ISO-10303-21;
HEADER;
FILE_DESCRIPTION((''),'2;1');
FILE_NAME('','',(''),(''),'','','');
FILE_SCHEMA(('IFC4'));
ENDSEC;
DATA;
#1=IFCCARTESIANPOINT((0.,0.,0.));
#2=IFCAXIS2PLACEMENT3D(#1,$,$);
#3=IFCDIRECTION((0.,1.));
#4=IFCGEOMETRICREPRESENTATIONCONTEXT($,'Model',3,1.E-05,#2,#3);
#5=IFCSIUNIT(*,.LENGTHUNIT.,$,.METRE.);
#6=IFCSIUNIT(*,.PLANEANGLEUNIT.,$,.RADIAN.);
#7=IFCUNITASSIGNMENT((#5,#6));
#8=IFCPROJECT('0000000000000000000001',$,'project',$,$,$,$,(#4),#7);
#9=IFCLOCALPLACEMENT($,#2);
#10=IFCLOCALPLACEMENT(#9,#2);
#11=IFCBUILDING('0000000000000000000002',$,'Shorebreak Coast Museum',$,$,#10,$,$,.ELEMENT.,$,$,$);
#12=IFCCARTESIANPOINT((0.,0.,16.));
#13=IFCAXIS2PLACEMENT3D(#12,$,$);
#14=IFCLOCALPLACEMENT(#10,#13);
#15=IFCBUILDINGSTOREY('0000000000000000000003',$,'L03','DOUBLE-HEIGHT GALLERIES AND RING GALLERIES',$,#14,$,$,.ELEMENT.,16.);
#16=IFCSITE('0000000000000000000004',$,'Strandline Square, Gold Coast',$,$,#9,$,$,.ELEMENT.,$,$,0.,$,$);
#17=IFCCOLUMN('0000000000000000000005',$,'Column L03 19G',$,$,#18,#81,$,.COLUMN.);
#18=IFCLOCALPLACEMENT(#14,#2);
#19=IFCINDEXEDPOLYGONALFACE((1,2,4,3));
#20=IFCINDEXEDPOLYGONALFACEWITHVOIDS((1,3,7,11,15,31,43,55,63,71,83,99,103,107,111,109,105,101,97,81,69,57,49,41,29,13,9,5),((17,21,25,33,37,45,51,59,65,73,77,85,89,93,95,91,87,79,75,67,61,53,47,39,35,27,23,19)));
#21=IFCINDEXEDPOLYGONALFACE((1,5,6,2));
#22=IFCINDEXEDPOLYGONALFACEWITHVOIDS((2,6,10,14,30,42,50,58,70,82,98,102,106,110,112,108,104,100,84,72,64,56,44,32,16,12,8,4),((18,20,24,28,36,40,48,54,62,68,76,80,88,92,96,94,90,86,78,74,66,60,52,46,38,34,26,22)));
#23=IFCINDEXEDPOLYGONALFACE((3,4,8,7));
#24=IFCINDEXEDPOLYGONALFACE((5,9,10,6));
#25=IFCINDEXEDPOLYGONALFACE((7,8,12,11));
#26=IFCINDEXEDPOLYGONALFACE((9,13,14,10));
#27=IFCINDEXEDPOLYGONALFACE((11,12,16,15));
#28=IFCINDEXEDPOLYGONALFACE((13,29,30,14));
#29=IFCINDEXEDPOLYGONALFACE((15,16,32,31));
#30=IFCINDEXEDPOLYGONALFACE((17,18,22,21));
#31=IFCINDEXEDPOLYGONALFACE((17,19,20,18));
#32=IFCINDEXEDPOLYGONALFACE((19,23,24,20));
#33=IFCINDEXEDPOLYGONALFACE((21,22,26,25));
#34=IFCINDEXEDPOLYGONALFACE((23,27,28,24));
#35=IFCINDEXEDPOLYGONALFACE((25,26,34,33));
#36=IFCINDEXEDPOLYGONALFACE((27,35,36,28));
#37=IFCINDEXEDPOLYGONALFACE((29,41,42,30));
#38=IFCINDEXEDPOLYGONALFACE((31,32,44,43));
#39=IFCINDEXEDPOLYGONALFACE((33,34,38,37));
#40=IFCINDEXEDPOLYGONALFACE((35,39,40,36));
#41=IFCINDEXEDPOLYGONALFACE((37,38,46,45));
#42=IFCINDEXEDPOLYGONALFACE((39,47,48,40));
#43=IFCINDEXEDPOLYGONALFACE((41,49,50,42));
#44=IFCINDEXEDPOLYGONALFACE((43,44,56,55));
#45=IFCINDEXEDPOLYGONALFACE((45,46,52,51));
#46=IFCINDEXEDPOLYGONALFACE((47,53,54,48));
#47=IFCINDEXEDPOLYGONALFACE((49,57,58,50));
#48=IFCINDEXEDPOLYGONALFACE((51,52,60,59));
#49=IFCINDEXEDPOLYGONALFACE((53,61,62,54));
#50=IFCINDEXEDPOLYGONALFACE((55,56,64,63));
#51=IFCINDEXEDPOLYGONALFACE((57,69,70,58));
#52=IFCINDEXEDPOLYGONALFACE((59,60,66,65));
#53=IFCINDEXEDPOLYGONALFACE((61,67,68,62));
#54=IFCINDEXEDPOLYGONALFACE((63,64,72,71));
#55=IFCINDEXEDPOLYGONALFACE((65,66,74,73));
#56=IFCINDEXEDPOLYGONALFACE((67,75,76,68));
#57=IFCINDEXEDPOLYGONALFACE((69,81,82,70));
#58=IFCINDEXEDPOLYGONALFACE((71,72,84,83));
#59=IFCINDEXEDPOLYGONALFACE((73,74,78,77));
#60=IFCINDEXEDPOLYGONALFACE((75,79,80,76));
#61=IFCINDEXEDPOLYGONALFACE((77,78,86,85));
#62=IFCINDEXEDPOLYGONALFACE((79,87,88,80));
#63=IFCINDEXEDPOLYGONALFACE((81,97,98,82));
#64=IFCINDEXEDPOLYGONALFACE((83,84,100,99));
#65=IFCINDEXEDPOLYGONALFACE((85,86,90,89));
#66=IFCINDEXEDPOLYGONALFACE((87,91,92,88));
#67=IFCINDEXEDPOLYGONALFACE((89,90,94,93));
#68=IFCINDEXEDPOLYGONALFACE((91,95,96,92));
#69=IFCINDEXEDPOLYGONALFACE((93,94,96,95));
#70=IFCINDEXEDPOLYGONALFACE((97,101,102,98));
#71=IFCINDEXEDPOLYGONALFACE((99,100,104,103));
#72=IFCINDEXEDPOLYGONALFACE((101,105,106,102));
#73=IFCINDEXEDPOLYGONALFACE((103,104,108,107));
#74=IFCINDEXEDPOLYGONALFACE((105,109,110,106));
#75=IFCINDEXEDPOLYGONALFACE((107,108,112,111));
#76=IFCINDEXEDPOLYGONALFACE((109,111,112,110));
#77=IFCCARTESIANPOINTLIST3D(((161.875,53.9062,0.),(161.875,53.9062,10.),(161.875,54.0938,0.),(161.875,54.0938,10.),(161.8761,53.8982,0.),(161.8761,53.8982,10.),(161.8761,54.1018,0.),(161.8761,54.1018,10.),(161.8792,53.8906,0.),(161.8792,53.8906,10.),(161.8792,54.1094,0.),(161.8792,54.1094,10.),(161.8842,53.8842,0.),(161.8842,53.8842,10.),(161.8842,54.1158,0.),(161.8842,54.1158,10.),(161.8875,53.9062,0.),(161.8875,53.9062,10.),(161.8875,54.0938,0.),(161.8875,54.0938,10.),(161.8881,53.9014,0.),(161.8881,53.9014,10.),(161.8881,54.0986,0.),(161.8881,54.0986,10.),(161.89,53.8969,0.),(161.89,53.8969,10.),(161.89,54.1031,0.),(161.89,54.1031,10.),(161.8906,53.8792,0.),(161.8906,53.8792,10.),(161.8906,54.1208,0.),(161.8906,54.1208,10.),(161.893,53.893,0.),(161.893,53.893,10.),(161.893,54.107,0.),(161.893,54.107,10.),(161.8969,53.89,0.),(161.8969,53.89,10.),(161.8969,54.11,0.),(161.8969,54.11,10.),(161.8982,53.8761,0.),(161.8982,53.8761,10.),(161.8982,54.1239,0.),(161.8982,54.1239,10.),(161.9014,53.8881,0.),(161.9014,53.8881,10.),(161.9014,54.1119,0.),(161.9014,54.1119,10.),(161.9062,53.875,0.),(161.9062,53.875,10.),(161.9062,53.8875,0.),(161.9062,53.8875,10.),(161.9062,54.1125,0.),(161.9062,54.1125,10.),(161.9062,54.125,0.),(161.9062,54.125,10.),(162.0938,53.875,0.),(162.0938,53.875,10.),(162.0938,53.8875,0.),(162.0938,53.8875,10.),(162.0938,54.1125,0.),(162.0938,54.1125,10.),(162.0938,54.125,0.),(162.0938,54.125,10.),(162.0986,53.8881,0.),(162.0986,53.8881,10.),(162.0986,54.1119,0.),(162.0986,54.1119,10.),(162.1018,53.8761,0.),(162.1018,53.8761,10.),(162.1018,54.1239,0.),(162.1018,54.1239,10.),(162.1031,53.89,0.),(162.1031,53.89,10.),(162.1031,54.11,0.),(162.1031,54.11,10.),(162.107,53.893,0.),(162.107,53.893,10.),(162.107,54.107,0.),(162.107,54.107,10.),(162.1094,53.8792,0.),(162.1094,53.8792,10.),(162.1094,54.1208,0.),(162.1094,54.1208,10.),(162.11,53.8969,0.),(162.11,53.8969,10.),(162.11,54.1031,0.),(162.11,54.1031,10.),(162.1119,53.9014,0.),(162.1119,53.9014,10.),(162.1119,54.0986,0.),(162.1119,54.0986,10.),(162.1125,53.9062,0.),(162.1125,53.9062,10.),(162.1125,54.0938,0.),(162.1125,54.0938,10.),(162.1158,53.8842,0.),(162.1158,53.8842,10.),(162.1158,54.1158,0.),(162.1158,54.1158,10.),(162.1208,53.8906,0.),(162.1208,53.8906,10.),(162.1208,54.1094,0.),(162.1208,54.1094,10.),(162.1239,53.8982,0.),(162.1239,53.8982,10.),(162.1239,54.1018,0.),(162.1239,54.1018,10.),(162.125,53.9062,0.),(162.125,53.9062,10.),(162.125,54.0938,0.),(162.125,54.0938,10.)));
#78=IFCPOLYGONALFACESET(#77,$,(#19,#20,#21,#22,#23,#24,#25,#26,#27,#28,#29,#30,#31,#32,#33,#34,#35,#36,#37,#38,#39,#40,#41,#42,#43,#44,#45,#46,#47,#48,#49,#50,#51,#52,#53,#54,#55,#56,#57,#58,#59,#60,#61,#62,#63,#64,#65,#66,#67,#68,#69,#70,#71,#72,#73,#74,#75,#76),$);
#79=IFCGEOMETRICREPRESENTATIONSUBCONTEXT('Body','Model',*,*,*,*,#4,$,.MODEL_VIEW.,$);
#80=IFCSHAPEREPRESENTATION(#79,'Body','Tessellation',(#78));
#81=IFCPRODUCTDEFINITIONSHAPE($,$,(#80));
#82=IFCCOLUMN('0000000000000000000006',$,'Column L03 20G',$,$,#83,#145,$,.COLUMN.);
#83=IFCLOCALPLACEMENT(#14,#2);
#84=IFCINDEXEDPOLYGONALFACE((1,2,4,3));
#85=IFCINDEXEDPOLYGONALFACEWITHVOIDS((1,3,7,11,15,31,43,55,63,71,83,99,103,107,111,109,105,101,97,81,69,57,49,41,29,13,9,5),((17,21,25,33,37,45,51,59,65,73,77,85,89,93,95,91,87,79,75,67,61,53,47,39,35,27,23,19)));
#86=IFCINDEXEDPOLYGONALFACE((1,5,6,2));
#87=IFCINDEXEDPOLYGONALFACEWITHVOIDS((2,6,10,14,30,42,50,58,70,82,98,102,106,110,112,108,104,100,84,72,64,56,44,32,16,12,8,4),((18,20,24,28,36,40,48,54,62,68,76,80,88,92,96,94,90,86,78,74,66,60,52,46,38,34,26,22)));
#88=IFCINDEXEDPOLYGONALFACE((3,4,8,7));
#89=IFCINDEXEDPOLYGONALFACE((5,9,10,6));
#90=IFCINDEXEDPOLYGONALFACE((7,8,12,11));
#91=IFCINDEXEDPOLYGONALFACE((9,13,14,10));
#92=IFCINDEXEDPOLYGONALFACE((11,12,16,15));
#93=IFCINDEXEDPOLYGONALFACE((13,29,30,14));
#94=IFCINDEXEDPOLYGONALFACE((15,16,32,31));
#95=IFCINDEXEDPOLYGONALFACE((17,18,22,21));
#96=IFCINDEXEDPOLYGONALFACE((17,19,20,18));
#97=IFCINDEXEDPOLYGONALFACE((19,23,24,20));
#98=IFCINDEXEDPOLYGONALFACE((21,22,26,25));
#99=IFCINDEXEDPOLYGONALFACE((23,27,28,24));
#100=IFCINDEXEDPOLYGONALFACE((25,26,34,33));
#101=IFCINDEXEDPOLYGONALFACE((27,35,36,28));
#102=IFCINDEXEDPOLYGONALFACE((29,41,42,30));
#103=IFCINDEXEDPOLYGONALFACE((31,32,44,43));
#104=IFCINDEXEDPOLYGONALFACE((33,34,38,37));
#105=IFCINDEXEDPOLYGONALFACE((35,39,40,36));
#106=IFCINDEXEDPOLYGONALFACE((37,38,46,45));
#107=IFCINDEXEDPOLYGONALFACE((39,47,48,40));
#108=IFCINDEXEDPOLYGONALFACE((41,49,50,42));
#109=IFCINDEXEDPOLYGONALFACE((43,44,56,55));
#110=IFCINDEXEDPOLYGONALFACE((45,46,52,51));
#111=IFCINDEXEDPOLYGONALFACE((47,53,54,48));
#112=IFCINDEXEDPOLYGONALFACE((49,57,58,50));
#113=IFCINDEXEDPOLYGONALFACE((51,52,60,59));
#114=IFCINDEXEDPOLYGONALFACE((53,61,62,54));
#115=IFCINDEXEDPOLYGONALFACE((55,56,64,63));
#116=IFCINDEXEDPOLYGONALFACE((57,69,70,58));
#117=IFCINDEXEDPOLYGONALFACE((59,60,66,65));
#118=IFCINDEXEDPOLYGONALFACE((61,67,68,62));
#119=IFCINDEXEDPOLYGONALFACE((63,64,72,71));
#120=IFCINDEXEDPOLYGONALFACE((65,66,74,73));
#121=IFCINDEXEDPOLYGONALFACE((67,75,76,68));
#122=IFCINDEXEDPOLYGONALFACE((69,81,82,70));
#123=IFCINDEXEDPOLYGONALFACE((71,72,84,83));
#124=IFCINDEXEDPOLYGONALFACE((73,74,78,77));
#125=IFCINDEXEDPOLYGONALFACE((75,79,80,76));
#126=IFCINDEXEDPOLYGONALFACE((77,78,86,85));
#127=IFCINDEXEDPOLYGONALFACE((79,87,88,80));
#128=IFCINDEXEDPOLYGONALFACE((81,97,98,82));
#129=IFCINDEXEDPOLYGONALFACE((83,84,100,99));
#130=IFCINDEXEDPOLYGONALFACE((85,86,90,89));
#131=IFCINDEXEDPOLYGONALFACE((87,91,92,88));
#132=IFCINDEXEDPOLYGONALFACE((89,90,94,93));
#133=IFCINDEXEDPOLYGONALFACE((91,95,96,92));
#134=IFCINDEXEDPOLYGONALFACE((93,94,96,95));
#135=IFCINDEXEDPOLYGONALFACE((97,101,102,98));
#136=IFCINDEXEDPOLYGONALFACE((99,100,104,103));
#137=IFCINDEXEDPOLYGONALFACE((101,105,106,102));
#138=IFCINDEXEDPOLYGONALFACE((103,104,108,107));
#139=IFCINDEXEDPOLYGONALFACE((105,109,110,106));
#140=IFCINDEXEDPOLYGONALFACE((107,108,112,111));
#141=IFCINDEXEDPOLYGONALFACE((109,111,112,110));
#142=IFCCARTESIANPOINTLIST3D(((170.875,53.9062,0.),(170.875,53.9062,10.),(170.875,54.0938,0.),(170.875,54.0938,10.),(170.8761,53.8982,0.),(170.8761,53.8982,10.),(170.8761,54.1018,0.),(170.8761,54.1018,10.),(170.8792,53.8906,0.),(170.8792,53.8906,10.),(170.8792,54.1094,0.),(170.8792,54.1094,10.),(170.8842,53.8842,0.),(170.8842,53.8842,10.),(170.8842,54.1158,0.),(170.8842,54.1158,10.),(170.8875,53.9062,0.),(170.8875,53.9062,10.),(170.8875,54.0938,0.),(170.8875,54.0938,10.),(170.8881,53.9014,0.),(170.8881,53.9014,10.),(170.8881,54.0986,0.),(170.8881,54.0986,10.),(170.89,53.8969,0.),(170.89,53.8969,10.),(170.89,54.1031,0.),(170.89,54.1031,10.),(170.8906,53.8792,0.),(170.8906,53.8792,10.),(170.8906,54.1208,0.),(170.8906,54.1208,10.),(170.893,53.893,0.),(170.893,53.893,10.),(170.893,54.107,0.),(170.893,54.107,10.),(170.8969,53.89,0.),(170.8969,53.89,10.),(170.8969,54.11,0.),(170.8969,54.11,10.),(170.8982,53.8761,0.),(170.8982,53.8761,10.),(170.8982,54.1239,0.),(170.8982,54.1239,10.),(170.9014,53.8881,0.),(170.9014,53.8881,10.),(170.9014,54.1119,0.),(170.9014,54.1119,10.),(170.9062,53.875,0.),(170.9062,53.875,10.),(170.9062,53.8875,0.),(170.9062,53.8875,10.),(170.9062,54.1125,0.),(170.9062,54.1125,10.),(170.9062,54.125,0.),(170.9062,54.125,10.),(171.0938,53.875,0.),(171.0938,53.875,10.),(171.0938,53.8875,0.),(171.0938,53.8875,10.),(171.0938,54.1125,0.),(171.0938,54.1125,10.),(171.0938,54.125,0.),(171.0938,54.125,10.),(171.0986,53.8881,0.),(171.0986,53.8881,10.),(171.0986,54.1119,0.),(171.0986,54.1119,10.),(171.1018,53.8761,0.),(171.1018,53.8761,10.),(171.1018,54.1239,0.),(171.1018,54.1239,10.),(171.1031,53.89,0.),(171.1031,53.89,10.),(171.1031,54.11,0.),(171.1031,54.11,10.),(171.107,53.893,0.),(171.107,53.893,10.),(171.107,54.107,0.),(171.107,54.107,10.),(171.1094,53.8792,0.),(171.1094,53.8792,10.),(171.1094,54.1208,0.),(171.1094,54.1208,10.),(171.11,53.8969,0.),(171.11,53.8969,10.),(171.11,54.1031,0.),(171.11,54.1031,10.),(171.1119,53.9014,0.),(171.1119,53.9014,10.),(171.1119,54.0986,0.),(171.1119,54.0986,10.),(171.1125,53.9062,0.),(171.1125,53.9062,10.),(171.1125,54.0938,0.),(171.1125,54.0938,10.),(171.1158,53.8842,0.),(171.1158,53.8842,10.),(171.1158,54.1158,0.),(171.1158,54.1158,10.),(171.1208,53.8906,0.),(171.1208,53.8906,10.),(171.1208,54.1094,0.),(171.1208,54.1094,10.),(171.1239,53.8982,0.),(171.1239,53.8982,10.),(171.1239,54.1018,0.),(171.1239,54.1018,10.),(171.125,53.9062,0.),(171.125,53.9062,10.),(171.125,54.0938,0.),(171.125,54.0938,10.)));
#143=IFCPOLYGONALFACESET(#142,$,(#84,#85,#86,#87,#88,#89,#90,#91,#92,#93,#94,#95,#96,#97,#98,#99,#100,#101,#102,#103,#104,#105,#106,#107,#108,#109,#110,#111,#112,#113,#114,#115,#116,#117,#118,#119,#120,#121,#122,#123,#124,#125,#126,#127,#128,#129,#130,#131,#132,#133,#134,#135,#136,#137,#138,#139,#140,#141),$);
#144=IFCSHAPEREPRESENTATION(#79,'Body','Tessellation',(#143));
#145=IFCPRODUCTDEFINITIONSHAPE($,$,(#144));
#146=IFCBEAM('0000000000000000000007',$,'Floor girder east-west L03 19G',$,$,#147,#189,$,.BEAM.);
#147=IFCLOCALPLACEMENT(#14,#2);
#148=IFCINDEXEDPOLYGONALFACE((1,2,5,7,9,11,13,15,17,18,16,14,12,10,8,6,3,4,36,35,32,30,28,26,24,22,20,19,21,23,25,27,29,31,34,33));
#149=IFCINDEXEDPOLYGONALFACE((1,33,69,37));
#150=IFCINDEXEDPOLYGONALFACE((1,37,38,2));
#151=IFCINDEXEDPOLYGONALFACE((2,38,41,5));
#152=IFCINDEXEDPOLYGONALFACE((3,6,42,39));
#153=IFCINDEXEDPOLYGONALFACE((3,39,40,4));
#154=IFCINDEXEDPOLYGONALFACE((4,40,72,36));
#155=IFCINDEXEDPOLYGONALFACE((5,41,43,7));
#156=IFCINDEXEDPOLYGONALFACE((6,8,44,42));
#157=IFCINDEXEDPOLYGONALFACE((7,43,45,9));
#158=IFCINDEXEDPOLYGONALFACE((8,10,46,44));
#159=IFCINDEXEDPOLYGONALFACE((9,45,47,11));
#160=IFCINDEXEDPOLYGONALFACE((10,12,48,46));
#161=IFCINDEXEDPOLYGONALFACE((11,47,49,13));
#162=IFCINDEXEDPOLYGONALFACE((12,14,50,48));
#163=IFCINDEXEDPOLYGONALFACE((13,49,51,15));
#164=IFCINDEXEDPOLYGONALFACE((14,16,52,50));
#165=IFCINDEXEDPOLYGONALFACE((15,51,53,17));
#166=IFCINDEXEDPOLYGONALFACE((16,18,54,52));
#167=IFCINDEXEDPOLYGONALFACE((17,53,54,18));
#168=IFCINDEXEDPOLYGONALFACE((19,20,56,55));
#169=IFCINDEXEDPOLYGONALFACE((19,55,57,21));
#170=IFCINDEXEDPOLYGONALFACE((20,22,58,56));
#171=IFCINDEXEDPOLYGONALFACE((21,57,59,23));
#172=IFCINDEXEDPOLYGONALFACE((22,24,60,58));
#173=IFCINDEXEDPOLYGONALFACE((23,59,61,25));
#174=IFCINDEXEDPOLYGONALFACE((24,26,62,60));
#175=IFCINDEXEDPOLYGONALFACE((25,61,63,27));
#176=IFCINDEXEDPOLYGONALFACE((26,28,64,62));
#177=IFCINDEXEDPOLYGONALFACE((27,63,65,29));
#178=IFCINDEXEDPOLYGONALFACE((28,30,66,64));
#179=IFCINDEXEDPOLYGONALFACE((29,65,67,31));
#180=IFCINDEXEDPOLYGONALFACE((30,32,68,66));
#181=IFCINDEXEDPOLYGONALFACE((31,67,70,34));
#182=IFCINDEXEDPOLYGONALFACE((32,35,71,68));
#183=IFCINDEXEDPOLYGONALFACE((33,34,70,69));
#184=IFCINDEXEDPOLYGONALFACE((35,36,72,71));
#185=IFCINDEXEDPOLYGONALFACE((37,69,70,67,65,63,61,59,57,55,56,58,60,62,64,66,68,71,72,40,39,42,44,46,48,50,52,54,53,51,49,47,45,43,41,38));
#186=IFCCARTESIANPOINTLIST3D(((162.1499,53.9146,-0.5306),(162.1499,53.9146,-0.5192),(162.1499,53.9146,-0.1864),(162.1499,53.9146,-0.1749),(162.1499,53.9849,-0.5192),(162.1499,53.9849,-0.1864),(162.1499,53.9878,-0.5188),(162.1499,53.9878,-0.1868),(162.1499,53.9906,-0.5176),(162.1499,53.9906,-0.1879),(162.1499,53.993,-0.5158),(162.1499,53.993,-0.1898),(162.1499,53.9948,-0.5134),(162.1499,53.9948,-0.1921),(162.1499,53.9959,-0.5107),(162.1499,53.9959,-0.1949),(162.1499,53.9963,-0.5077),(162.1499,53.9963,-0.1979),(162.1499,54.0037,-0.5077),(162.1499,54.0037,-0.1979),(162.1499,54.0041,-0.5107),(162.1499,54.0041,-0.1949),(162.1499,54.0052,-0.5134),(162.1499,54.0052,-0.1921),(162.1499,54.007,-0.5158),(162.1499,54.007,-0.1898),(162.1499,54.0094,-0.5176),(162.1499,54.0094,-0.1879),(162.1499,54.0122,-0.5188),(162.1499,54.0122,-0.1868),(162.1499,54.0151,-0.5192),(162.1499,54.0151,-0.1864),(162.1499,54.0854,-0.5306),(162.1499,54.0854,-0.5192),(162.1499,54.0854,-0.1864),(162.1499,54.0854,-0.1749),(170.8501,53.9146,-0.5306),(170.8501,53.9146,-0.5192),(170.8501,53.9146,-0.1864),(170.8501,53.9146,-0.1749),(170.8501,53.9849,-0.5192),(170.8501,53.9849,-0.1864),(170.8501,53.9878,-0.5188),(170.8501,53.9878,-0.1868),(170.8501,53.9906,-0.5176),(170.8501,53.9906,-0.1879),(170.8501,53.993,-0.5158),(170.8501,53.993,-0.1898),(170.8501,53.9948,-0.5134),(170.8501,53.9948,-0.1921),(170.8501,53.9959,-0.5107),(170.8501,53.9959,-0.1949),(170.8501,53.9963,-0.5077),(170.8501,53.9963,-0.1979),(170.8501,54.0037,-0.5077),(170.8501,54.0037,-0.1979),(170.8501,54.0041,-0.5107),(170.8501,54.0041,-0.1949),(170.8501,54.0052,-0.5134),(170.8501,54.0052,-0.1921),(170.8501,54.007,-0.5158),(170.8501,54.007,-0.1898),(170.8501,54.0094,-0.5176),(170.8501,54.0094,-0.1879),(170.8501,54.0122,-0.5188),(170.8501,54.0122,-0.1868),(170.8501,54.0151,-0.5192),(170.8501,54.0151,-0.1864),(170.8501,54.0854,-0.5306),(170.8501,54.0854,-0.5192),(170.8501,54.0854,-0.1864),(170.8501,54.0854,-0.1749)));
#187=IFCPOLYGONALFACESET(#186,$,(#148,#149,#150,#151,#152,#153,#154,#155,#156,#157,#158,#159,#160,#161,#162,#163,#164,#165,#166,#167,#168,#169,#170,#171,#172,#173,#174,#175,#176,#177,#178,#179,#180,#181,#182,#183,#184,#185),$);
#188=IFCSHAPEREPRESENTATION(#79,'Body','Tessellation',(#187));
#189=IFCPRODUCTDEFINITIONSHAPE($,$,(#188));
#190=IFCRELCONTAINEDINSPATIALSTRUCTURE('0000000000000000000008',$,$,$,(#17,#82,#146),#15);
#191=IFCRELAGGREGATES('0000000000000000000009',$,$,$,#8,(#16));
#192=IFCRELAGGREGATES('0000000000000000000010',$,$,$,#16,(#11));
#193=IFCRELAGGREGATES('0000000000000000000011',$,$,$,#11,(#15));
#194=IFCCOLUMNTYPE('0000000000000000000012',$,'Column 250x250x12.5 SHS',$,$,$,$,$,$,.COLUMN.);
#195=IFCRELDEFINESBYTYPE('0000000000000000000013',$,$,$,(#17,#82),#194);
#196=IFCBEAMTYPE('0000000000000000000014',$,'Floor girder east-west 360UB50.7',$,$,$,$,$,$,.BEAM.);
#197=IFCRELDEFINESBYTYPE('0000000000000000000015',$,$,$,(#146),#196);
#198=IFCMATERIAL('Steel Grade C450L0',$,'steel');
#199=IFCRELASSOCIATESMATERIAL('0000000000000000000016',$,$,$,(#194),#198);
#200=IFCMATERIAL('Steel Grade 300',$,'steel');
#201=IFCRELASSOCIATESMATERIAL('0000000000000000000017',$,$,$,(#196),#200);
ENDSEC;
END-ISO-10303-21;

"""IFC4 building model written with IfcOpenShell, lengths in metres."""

from ifc_helpers import new_model, si_unit, direction, frame, origin, origin_2d, place, context, subcontext, project, spatial, hollow_rectangle, i_section, extrude, material, material_profile, profile_set, type_object, element, save


model = new_model("IFC4")

# Units and contexts
model_context = context("Model", 3, precision=1e-05, world=origin(), true_north=direction((0.0, 1.0)))
body_context = subcontext(model_context, "Body", "Model", "MODEL_VIEW")
ifc_project = project(units=[si_unit("LENGTHUNIT", "METRE"), si_unit("PLANEANGLEUNIT", "RADIAN")], contexts=[model_context])

# Site, building, storey
site_placement = place(None, origin())
site = spatial("IfcSite", under=ifc_project, at=site_placement, Name="Strandline Square, Gold Coast", CompositionType="ELEMENT", RefElevation=0.0)
building_placement = place(site_placement, origin())
building = spatial("IfcBuilding", under=site, at=building_placement, Name="Shorebreak Coast Museum", CompositionType="ELEMENT")
storey_placement = place(building_placement, frame((0.0, 0.0, 16.0)))
storey = spatial("IfcBuildingStorey", under=building, at=storey_placement, Name="L03", Description="DOUBLE-HEIGHT GALLERIES AND RING GALLERIES", CompositionType="ELEMENT", Elevation=16.0)

# Columns
ifc_material_1 = material(Name="Steel Grade C450L0", Category="steel")
ifc_material_profile_1 = material_profile(ifc_material_1, hollow_rectangle(XDim=0.25, YDim=0.25, WallThickness=0.0125, InnerFilletRadius=0.0188, OuterFilletRadius=0.0312, at=origin_2d()), Name="250x250x12.5 SHS")
ifc_profile_set_1 = profile_set([ifc_material_profile_1], Name="Steel Grade C450L0")
column_type = type_object("IfcColumnType", Name="Column 250x250x12.5 SHS", PredefinedType="COLUMN", material=ifc_profile_set_1)
for number, where, z_axis, x_axis, name in (
    (1, (162.0, 54.0, 0.0), (0.0, 0.0, 1.0), (1.0, 0.0, 0.0), "Column L03 19G"),
    (2, (171.0, 54.0, 0.0), (0.0, 0.0, 1.0), (1.0, 0.0, 0.0), "Column L03 20G"),
):
    element("IfcColumn", number, at=place(storey_placement, frame(where, z_axis=z_axis, x_axis=x_axis)), inside=storey, type_object=column_type, Name=name, PredefinedType="COLUMN", context=body_context, shape_type="SweptSolid", body=[
        extrude(hollow_rectangle(XDim=0.25, YDim=0.25, WallThickness=0.0125, InnerFilletRadius=0.0188, OuterFilletRadius=0.0312, at=origin_2d()), origin(), (0.0, 0.0, 1.0), 10.0),
    ])

# Beam
ifc_material_2 = material(Name="Steel Grade 300", Category="steel")
ifc_material_profile_2 = material_profile(ifc_material_2, i_section(OverallWidth=0.1709, OverallDepth=0.3557, WebThickness=0.0073, FlangeThickness=0.0115, FilletRadius=0.0115, at=origin_2d()), Name="360UB50.7")
ifc_profile_set_2 = profile_set([ifc_material_profile_2], Name="Steel Grade 300")
beam_type_1 = type_object("IfcBeamType", Name="Floor girder east-west 360UB50.7", PredefinedType="BEAM", material=ifc_profile_set_2)
beam_1_placement = place(storey_placement, frame((162.1499, 54.0, -0.3528), z_axis=(1.0, 0.0, 0.0), x_axis=(0.0, 1.0, 0.0)))
element("IfcBeam", 3, at=beam_1_placement, inside=storey, type_object=beam_type_1, Name="Floor girder east-west L03 19G", PredefinedType="BEAM", context=body_context, shape_type="SweptSolid", body=[
    extrude(i_section(OverallWidth=0.1709, OverallDepth=0.3557, WebThickness=0.0073, FlangeThickness=0.0115, FilletRadius=0.0115, at=origin_2d()), origin(), (0.0, 0.0, 1.0), 8.7002),
])

save(model, "model.ifc")
